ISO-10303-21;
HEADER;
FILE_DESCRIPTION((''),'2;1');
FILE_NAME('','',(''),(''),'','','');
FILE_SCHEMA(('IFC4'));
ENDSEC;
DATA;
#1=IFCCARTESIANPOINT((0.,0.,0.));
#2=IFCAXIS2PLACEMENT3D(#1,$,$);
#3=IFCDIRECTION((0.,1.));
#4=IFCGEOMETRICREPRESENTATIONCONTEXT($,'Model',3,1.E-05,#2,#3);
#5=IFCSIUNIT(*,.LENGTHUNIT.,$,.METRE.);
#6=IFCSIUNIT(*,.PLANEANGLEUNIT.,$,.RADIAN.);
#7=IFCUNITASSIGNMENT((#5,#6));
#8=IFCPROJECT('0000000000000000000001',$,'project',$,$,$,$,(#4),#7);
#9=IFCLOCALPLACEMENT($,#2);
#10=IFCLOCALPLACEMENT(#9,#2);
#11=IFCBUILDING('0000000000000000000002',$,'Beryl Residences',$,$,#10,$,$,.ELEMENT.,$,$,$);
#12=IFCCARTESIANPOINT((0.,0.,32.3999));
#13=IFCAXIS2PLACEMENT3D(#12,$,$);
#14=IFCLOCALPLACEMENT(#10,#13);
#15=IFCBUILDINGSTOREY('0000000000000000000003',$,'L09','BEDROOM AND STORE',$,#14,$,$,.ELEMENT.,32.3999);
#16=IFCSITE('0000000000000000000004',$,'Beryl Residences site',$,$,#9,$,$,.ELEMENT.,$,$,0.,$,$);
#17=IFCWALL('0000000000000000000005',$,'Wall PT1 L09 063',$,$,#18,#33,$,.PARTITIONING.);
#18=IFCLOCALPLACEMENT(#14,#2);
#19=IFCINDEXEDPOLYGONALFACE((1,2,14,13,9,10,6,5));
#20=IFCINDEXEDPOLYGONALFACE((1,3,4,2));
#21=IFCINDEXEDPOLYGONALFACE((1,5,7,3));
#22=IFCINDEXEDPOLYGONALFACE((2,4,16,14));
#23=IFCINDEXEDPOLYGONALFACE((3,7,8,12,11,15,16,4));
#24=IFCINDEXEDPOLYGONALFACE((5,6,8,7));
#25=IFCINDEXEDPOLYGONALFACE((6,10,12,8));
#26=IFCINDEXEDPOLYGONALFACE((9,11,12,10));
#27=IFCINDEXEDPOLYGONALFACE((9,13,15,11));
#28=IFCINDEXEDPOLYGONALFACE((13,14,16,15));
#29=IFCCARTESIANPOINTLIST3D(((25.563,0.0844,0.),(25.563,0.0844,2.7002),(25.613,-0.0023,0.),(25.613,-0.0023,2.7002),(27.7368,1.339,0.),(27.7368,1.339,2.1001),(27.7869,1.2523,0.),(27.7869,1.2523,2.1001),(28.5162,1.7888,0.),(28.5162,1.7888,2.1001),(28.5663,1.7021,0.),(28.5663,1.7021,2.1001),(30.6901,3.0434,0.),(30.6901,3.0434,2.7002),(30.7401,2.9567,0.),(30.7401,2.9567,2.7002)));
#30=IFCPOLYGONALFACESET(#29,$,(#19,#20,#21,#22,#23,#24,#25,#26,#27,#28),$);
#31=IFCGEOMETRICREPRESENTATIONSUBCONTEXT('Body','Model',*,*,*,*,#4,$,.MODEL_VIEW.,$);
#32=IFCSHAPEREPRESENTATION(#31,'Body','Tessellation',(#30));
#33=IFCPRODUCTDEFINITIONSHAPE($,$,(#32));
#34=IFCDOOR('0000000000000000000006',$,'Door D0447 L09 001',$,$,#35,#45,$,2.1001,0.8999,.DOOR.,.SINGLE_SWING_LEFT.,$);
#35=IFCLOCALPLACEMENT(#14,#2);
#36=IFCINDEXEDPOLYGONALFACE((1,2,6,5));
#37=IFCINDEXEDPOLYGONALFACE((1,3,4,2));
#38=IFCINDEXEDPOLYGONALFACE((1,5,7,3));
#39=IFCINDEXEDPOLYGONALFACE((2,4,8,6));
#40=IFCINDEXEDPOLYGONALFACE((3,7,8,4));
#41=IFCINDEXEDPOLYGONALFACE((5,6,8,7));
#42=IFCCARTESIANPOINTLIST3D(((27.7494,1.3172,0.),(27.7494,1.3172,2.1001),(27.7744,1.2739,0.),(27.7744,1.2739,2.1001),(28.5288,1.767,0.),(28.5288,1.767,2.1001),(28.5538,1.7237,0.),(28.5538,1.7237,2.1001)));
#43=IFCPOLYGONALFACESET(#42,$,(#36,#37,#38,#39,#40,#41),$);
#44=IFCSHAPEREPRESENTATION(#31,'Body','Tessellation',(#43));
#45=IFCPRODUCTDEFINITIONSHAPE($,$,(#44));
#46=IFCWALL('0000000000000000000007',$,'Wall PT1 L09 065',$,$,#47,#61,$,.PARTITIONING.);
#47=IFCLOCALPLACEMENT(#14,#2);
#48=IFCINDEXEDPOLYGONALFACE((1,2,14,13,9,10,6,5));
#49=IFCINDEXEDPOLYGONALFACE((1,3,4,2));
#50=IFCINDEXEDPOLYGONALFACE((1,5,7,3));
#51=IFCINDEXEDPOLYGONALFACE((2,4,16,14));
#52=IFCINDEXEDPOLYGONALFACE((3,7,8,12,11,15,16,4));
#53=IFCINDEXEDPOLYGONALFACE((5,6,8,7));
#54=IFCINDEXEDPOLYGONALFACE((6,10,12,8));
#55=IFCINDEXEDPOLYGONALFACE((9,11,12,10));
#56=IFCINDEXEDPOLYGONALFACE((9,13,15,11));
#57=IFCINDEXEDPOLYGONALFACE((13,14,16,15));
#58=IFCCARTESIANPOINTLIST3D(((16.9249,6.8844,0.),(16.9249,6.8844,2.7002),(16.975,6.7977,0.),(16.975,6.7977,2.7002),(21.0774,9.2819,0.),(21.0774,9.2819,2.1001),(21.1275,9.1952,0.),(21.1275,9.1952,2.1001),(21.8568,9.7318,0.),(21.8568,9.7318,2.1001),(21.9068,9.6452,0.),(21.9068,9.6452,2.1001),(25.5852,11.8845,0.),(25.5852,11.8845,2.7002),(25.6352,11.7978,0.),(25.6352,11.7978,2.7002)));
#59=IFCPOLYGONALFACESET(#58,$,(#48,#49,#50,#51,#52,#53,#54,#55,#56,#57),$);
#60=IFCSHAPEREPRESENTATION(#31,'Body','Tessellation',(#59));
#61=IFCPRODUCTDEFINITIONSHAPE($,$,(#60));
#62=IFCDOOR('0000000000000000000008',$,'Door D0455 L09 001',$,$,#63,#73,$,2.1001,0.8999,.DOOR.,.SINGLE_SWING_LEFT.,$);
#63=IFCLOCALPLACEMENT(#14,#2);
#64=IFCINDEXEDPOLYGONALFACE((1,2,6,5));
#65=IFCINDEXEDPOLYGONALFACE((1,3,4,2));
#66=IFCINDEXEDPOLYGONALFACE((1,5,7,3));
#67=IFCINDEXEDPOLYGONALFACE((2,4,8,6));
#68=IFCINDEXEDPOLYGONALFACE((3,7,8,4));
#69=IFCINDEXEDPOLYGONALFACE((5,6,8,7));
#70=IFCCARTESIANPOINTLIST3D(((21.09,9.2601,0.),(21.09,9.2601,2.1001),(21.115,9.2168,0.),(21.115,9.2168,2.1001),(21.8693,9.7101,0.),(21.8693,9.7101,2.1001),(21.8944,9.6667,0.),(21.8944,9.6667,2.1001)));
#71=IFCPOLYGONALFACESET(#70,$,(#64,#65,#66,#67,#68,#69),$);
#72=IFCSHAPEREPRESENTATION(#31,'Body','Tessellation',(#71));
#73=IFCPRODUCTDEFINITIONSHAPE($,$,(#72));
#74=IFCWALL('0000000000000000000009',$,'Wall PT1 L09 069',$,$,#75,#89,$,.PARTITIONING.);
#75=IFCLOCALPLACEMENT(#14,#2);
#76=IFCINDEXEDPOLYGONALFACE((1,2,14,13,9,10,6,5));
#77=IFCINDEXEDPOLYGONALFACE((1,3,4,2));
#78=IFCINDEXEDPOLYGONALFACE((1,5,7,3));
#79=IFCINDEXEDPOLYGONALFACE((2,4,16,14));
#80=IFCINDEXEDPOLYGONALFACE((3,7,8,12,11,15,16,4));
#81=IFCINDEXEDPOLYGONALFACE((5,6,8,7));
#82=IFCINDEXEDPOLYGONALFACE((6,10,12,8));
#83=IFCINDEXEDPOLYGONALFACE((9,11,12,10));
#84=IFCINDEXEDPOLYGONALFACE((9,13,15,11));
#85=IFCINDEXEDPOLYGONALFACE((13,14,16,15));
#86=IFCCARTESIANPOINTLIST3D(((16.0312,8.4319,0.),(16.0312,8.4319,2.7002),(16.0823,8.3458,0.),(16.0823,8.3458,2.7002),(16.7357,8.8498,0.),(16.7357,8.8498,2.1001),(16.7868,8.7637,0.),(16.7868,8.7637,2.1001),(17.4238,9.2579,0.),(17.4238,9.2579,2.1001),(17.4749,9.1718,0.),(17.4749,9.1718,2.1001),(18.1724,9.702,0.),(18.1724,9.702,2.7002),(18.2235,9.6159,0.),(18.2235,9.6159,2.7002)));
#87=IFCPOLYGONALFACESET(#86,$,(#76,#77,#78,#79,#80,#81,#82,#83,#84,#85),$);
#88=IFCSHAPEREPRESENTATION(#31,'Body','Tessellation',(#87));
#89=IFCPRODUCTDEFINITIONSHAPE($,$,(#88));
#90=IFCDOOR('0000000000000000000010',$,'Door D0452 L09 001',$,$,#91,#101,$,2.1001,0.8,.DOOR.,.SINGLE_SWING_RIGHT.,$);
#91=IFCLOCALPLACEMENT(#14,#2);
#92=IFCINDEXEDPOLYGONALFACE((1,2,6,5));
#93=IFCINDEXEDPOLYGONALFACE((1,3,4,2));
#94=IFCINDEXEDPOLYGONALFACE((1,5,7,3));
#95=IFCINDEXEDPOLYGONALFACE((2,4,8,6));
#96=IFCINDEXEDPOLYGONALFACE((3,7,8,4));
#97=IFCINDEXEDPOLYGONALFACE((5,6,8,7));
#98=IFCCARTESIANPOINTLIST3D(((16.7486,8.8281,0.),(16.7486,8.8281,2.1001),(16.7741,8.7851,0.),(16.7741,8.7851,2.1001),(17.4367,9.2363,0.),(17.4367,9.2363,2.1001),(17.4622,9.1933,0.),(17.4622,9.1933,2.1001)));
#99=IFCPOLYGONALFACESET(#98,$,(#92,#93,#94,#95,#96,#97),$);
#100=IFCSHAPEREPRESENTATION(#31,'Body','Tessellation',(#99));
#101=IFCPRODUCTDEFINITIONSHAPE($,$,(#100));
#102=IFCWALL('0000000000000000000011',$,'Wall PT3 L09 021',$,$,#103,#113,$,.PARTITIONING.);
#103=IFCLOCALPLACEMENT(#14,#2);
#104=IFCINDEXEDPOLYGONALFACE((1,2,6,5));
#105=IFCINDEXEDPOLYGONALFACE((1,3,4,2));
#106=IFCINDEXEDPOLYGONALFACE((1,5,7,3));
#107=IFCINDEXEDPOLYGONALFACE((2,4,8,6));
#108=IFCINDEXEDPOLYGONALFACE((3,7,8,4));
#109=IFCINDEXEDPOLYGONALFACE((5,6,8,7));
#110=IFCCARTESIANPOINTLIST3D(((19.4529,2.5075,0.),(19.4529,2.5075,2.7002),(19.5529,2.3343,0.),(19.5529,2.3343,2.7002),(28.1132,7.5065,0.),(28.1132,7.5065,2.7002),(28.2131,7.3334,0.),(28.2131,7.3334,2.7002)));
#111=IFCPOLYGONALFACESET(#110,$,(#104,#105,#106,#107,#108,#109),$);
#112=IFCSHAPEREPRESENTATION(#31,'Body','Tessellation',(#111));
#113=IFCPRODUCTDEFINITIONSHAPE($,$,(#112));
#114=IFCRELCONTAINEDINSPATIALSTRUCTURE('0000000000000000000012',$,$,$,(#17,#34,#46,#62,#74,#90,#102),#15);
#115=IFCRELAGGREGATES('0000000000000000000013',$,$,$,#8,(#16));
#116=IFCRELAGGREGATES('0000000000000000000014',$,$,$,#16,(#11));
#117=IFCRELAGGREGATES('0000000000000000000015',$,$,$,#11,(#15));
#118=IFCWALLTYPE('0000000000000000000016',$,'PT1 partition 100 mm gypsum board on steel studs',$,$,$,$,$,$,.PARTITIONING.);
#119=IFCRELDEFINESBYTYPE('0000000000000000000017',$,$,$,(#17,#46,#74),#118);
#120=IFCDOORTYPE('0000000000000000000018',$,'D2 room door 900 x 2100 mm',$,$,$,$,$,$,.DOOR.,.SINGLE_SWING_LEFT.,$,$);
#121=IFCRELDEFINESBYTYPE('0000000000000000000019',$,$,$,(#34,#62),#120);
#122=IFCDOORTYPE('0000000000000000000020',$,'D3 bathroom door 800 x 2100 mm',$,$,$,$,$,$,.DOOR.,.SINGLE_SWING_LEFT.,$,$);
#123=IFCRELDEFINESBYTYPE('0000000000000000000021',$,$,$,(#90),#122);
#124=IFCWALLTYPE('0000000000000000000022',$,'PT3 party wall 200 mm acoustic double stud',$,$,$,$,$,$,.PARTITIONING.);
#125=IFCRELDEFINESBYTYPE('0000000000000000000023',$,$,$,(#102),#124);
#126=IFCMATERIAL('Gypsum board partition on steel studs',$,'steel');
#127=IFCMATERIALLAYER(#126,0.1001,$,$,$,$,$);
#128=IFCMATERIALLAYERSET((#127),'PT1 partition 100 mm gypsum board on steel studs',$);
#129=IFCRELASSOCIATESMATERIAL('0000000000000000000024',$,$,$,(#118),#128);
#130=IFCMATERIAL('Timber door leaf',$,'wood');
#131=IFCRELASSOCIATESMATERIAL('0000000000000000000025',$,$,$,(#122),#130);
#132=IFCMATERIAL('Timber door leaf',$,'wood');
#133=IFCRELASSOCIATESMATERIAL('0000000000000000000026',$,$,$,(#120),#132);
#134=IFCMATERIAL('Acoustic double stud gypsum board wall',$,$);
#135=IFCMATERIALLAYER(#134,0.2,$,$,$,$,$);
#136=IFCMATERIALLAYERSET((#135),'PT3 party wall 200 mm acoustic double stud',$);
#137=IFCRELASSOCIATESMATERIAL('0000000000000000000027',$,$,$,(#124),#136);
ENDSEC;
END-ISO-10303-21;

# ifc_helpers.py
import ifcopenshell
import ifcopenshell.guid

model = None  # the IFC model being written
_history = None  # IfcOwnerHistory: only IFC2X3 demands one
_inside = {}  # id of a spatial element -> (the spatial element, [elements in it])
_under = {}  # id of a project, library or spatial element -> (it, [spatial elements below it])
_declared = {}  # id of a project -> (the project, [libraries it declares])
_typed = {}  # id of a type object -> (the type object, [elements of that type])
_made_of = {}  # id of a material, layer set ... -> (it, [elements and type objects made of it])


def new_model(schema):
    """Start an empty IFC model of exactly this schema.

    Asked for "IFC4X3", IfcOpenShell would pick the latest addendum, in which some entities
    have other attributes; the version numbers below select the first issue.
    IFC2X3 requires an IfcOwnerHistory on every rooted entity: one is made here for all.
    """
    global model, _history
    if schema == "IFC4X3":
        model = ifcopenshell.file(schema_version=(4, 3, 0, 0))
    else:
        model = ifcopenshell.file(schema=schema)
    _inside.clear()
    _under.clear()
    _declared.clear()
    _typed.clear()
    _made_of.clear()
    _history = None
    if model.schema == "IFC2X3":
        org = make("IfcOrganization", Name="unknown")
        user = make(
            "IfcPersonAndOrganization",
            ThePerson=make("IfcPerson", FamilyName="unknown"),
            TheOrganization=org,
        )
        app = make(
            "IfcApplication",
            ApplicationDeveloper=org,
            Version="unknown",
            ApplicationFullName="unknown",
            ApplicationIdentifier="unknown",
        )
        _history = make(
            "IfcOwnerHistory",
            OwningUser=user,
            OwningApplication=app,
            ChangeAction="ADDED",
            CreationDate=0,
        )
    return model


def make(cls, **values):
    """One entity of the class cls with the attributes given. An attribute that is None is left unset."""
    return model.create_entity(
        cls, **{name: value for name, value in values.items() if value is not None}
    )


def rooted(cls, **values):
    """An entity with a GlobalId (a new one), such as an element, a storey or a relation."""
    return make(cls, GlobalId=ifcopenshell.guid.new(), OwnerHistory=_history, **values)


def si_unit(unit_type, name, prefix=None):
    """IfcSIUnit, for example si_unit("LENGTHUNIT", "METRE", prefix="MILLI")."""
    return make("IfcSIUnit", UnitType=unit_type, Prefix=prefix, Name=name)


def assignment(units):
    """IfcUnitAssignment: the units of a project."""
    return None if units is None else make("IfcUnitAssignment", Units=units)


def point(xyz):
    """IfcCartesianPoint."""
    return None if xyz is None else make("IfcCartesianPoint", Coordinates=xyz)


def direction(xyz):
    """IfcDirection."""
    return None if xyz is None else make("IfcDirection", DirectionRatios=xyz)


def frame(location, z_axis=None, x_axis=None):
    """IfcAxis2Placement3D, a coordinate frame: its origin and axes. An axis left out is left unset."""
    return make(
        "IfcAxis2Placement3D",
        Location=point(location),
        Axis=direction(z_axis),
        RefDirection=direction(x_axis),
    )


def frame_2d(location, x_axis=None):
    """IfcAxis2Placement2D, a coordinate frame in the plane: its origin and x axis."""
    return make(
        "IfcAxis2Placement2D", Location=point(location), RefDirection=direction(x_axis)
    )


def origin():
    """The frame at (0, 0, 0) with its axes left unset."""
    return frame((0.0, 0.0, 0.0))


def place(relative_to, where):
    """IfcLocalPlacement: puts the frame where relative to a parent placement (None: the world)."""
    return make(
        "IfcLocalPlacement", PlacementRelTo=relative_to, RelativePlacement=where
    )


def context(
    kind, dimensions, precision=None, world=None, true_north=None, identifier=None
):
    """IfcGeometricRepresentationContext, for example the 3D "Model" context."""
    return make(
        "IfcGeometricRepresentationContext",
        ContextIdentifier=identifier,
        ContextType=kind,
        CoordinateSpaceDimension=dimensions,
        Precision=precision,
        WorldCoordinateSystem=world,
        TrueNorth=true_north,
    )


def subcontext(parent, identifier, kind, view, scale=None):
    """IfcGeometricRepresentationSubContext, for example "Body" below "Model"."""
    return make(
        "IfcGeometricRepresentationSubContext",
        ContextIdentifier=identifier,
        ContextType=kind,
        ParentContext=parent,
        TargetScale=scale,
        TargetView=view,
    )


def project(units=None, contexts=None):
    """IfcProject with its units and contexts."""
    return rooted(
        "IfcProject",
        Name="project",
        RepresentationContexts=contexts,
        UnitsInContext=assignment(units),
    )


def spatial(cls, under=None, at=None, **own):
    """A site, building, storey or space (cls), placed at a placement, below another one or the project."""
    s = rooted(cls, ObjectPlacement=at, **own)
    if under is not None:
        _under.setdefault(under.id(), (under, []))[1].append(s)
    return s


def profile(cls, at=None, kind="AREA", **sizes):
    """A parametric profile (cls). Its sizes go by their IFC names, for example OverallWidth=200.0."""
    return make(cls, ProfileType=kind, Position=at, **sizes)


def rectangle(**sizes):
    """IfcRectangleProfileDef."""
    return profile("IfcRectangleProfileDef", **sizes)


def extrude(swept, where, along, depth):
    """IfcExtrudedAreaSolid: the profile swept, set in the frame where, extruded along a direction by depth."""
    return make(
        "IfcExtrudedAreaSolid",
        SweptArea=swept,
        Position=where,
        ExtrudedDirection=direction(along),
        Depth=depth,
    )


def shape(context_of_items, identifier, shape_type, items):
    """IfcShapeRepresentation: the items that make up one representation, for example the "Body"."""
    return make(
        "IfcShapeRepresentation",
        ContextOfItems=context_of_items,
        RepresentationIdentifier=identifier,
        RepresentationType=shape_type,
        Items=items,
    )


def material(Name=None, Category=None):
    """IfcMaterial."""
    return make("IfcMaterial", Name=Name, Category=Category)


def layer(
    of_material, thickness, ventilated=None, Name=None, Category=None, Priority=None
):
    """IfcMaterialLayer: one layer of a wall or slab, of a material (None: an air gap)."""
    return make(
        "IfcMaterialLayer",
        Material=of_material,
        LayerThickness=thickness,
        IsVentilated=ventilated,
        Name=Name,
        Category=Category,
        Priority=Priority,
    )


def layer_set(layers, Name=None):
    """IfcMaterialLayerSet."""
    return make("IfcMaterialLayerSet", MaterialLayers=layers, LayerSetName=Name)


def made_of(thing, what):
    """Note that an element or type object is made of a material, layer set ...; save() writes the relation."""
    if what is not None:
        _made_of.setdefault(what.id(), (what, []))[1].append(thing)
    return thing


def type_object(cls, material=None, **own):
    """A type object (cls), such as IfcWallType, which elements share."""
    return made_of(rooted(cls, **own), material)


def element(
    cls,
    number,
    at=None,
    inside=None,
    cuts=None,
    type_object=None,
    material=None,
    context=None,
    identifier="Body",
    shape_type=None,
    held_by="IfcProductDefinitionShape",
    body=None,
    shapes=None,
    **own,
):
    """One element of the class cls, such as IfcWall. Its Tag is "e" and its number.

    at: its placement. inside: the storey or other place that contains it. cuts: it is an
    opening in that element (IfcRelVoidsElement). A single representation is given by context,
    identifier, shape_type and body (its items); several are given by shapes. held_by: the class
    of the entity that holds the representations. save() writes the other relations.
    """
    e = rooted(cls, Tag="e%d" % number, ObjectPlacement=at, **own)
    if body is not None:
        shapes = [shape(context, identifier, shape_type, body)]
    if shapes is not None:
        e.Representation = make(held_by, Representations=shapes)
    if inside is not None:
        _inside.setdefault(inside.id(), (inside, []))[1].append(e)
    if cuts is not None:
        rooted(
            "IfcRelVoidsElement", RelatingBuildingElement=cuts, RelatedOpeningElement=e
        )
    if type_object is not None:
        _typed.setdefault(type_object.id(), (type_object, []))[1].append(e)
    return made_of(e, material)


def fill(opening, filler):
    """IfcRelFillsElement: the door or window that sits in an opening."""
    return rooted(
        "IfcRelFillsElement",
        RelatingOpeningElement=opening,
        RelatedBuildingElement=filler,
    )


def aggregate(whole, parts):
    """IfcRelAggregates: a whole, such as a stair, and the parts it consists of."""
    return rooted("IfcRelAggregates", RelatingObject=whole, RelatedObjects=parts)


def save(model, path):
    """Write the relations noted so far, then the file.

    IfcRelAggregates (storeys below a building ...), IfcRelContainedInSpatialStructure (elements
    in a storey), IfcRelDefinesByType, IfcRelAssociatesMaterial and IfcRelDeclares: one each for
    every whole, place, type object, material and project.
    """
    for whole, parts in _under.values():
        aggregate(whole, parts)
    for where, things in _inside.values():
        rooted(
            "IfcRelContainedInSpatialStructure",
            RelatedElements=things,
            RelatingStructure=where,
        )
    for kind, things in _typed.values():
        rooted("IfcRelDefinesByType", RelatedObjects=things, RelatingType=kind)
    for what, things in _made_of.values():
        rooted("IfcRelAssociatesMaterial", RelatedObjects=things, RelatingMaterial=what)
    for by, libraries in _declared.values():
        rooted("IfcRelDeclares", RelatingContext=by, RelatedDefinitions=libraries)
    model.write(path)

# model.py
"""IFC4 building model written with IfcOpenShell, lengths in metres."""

from ifc_helpers import new_model, si_unit, direction, frame, frame_2d, origin, place, context, subcontext, project, spatial, rectangle, extrude, material, layer, layer_set, type_object, element, fill, save


model = new_model("IFC4")

# Units and contexts
model_context = context("Model", 3, precision=1e-05, world=origin(), true_north=direction((0.0, 1.0)))
body_context = subcontext(model_context, "Body", "Model", "MODEL_VIEW")
ifc_project = project(units=[si_unit("LENGTHUNIT", "METRE"), si_unit("PLANEANGLEUNIT", "RADIAN")], contexts=[model_context])

# Site, building, storey
site_placement = place(None, origin())
site = spatial("IfcSite", under=ifc_project, at=site_placement, Name="Beryl Residences site", CompositionType="ELEMENT", RefElevation=0.0)
building_placement = place(site_placement, origin())
building = spatial("IfcBuilding", under=site, at=building_placement, Name="Beryl Residences", CompositionType="ELEMENT")
storey_placement = place(building_placement, frame((0.0, 0.0, 32.3999)))
storey = spatial("IfcBuildingStorey", under=building, at=storey_placement, Name="L09", Description="BEDROOM AND STORE", CompositionType="ELEMENT", Elevation=32.3999)

# Shared definitions
ifc_material_1 = material(Name="Gypsum board partition on steel studs", Category="steel")
ifc_layer_1 = layer(ifc_material_1, 0.1001)
ifc_layer_set_1 = layer_set([ifc_layer_1], Name="PT1 partition 100 mm gypsum board on steel studs")
wall_type_1 = type_object("IfcWallType", Name="PT1 partition 100 mm gypsum board on steel studs", PredefinedType="PARTITIONING", material=ifc_layer_set_1)
ifc_material_2 = material(Name="Timber door leaf", Category="wood")
door_type_1 = type_object("IfcDoorType", Name="D3 bathroom door 800 x 2100 mm", OperationType="SINGLE_SWING_LEFT", PredefinedType="DOOR", material=ifc_material_2)
ifc_material_3 = material(Name="Timber door leaf", Category="wood")
door_type_2 = type_object("IfcDoorType", Name="D2 room door 900 x 2100 mm", OperationType="SINGLE_SWING_LEFT", PredefinedType="DOOR", material=ifc_material_3)

# Walls, openings, doors
wall_1_placement = place(storey_placement, frame((25.5879, 0.041, 0.0), z_axis=(0.0, 0.0, 1.0), x_axis=(0.866113, 0.499847, 0.0)))
wall_1 = element("IfcWall", 1, at=wall_1_placement, inside=storey, type_object=wall_type_1, Name="Wall PT1 L09 063", PredefinedType="PARTITIONING", context=body_context, shape_type="SweptSolid", body=[
    extrude(rectangle(XDim=5.9197, YDim=0.1001, at=frame_2d((2.96, 0.0))), origin(), (0.0, 0.0, 1.0), 2.7002),
])
opening_1_placement = place(wall_1_placement, frame((2.51, 0.0, 0.0)))
opening_1 = element("IfcOpeningElement", 2, at=opening_1_placement, cuts=wall_1, PredefinedType="OPENING", context=body_context, shape_type="SweptSolid", body=[
    extrude(rectangle(XDim=0.8999, YDim=2.1001, at=frame_2d((0.45, 1.05))), frame((0.0, 0.0601, 0.0), z_axis=(0.0, -1.0, 0.0), x_axis=(1.0, 0.0, 0.0)), (0.0, 0.0, 1.0), 0.1201),
])
door_1_placement = place(opening_1_placement, origin())
door_1 = element("IfcDoor", 3, at=door_1_placement, inside=storey, type_object=door_type_2, Name="Door D0447 L09 001", OperationType="SINGLE_SWING_LEFT", OverallHeight=2.1001, OverallWidth=0.8999, PredefinedType="DOOR", context=body_context, shape_type="SweptSolid", body=[
    extrude(rectangle(XDim=0.8999, YDim=2.1001, at=frame_2d((0.45, 1.05))), frame((0.0, 0.0249, 0.0), z_axis=(0.0, -1.0, 0.0), x_axis=(1.0, 0.0, 0.0)), (0.0, 0.0, 1.0), 0.05),
])
fill(opening_1, door_1)
wall_2_placement = place(storey_placement, frame((16.95, 6.8411, 0.0), z_axis=(0.0, 0.0, 1.0), x_axis=(0.866023, 0.500004, 0.0)))
wall_2 = element("IfcWall", 4, at=wall_2_placement, inside=storey, type_object=wall_type_1, Name="Wall PT1 L09 065", PredefinedType="PARTITIONING", context=body_context, shape_type="SweptSolid", body=[
    extrude(rectangle(XDim=10.0, YDim=0.1001, at=frame_2d((5.0, 0.0))), origin(), (0.0, 0.0, 1.0), 2.7002),
])
opening_2_placement = place(wall_2_placement, frame((4.7949, 0.0, 0.0)))
opening_2 = element("IfcOpeningElement", 5, at=opening_2_placement, cuts=wall_2, PredefinedType="OPENING", context=body_context, shape_type="SweptSolid", body=[
    extrude(rectangle(XDim=0.8999, YDim=2.1001, at=frame_2d((0.45, 1.05))), frame((0.0, 0.0601, 0.0), z_axis=(0.0, -1.0, 0.0), x_axis=(1.0, 0.0, 0.0)), (0.0, 0.0, 1.0), 0.1201),
])
door_2_placement = place(opening_2_placement, origin())
door_2 = element("IfcDoor", 6, at=door_2_placement, inside=storey, type_object=door_type_2, Name="Door D0455 L09 001", OperationType="SINGLE_SWING_LEFT", OverallHeight=2.1001, OverallWidth=0.8999, PredefinedType="DOOR", context=body_context, shape_type="SweptSolid", body=[
    extrude(rectangle(XDim=0.8999, YDim=2.1001, at=frame_2d((0.45, 1.05))), frame((0.0, 0.0249, 0.0), z_axis=(0.0, -1.0, 0.0), x_axis=(1.0, 0.0, 0.0)), (0.0, 0.0, 1.0), 0.05),
])
fill(opening_2, door_2)
wall_3_placement = place(storey_placement, frame((16.0569, 8.3889, 0.0), z_axis=(0.0, 0.0, 1.0), x_axis=(0.860078, 0.510163, 0.0)))
wall_3 = element("IfcWall", 7, at=wall_3_placement, inside=storey, type_object=wall_type_1, Name="Wall PT1 L09 069", PredefinedType="PARTITIONING", context=body_context, shape_type="SweptSolid", body=[
    extrude(rectangle(XDim=2.4895, YDim=0.1001, at=frame_2d((1.2446, 0.0))), origin(), (0.0, 0.0, 1.0), 2.7002),
])
opening_3_placement = place(wall_3_placement, frame((0.8191, 0.0, 0.0)))
opening_3 = element("IfcOpeningElement", 8, at=opening_3_placement, cuts=wall_3, PredefinedType="OPENING", context=body_context, shape_type="SweptSolid", body=[
    extrude(rectangle(XDim=0.8, YDim=2.1001, at=frame_2d((0.3999, 1.05))), frame((0.0, 0.0601, 0.0), z_axis=(0.0, -1.0, 0.0), x_axis=(1.0, 0.0, 0.0)), (0.0, 0.0, 1.0), 0.1201),
])
door_3_placement = place(opening_3_placement, origin())
door_3 = element("IfcDoor", 9, at=door_3_placement, inside=storey, type_object=door_type_1, Name="Door D0452 L09 001", OperationType="SINGLE_SWING_RIGHT", OverallHeight=2.1001, OverallWidth=0.8, PredefinedType="DOOR", context=body_context, shape_type="SweptSolid", body=[
    extrude(rectangle(XDim=0.8, YDim=2.1001, at=frame_2d((0.3999, 1.05))), frame((0.0, 0.0249, 0.0), z_axis=(0.0, -1.0, 0.0), x_axis=(1.0, 0.0, 0.0)), (0.0, 0.0, 1.0), 0.05),
])
fill(opening_3, door_3)

# Wall
ifc_material_4 = material(Name="Acoustic double stud gypsum board wall")
ifc_layer_2 = layer(ifc_material_4, 0.2)
ifc_layer_set_2 = layer_set([ifc_layer_2], Name="PT3 party wall 200 mm acoustic double stud")
wall_type_2 = type_object("IfcWallType", Name="PT3 party wall 200 mm acoustic double stud", PredefinedType="PARTITIONING", material=ifc_layer_set_2)
wall_4_placement = place(storey_placement, frame((19.5029, 2.4209, 0.0), z_axis=(0.0, 0.0, 1.0), x_axis=(0.866065, 0.499931, 0.0)))
element("IfcWall", 10, at=wall_4_placement, inside=storey, type_object=wall_type_2, Name="Wall PT3 L09 021", PredefinedType="PARTITIONING", context=body_context, shape_type="SweptSolid", body=[
    extrude(rectangle(XDim=9.9995, YDim=0.2, at=frame_2d((4.9998, 0.0))), origin(), (0.0, 0.0, 1.0), 2.7002),
])

save(model, "model.ifc")
